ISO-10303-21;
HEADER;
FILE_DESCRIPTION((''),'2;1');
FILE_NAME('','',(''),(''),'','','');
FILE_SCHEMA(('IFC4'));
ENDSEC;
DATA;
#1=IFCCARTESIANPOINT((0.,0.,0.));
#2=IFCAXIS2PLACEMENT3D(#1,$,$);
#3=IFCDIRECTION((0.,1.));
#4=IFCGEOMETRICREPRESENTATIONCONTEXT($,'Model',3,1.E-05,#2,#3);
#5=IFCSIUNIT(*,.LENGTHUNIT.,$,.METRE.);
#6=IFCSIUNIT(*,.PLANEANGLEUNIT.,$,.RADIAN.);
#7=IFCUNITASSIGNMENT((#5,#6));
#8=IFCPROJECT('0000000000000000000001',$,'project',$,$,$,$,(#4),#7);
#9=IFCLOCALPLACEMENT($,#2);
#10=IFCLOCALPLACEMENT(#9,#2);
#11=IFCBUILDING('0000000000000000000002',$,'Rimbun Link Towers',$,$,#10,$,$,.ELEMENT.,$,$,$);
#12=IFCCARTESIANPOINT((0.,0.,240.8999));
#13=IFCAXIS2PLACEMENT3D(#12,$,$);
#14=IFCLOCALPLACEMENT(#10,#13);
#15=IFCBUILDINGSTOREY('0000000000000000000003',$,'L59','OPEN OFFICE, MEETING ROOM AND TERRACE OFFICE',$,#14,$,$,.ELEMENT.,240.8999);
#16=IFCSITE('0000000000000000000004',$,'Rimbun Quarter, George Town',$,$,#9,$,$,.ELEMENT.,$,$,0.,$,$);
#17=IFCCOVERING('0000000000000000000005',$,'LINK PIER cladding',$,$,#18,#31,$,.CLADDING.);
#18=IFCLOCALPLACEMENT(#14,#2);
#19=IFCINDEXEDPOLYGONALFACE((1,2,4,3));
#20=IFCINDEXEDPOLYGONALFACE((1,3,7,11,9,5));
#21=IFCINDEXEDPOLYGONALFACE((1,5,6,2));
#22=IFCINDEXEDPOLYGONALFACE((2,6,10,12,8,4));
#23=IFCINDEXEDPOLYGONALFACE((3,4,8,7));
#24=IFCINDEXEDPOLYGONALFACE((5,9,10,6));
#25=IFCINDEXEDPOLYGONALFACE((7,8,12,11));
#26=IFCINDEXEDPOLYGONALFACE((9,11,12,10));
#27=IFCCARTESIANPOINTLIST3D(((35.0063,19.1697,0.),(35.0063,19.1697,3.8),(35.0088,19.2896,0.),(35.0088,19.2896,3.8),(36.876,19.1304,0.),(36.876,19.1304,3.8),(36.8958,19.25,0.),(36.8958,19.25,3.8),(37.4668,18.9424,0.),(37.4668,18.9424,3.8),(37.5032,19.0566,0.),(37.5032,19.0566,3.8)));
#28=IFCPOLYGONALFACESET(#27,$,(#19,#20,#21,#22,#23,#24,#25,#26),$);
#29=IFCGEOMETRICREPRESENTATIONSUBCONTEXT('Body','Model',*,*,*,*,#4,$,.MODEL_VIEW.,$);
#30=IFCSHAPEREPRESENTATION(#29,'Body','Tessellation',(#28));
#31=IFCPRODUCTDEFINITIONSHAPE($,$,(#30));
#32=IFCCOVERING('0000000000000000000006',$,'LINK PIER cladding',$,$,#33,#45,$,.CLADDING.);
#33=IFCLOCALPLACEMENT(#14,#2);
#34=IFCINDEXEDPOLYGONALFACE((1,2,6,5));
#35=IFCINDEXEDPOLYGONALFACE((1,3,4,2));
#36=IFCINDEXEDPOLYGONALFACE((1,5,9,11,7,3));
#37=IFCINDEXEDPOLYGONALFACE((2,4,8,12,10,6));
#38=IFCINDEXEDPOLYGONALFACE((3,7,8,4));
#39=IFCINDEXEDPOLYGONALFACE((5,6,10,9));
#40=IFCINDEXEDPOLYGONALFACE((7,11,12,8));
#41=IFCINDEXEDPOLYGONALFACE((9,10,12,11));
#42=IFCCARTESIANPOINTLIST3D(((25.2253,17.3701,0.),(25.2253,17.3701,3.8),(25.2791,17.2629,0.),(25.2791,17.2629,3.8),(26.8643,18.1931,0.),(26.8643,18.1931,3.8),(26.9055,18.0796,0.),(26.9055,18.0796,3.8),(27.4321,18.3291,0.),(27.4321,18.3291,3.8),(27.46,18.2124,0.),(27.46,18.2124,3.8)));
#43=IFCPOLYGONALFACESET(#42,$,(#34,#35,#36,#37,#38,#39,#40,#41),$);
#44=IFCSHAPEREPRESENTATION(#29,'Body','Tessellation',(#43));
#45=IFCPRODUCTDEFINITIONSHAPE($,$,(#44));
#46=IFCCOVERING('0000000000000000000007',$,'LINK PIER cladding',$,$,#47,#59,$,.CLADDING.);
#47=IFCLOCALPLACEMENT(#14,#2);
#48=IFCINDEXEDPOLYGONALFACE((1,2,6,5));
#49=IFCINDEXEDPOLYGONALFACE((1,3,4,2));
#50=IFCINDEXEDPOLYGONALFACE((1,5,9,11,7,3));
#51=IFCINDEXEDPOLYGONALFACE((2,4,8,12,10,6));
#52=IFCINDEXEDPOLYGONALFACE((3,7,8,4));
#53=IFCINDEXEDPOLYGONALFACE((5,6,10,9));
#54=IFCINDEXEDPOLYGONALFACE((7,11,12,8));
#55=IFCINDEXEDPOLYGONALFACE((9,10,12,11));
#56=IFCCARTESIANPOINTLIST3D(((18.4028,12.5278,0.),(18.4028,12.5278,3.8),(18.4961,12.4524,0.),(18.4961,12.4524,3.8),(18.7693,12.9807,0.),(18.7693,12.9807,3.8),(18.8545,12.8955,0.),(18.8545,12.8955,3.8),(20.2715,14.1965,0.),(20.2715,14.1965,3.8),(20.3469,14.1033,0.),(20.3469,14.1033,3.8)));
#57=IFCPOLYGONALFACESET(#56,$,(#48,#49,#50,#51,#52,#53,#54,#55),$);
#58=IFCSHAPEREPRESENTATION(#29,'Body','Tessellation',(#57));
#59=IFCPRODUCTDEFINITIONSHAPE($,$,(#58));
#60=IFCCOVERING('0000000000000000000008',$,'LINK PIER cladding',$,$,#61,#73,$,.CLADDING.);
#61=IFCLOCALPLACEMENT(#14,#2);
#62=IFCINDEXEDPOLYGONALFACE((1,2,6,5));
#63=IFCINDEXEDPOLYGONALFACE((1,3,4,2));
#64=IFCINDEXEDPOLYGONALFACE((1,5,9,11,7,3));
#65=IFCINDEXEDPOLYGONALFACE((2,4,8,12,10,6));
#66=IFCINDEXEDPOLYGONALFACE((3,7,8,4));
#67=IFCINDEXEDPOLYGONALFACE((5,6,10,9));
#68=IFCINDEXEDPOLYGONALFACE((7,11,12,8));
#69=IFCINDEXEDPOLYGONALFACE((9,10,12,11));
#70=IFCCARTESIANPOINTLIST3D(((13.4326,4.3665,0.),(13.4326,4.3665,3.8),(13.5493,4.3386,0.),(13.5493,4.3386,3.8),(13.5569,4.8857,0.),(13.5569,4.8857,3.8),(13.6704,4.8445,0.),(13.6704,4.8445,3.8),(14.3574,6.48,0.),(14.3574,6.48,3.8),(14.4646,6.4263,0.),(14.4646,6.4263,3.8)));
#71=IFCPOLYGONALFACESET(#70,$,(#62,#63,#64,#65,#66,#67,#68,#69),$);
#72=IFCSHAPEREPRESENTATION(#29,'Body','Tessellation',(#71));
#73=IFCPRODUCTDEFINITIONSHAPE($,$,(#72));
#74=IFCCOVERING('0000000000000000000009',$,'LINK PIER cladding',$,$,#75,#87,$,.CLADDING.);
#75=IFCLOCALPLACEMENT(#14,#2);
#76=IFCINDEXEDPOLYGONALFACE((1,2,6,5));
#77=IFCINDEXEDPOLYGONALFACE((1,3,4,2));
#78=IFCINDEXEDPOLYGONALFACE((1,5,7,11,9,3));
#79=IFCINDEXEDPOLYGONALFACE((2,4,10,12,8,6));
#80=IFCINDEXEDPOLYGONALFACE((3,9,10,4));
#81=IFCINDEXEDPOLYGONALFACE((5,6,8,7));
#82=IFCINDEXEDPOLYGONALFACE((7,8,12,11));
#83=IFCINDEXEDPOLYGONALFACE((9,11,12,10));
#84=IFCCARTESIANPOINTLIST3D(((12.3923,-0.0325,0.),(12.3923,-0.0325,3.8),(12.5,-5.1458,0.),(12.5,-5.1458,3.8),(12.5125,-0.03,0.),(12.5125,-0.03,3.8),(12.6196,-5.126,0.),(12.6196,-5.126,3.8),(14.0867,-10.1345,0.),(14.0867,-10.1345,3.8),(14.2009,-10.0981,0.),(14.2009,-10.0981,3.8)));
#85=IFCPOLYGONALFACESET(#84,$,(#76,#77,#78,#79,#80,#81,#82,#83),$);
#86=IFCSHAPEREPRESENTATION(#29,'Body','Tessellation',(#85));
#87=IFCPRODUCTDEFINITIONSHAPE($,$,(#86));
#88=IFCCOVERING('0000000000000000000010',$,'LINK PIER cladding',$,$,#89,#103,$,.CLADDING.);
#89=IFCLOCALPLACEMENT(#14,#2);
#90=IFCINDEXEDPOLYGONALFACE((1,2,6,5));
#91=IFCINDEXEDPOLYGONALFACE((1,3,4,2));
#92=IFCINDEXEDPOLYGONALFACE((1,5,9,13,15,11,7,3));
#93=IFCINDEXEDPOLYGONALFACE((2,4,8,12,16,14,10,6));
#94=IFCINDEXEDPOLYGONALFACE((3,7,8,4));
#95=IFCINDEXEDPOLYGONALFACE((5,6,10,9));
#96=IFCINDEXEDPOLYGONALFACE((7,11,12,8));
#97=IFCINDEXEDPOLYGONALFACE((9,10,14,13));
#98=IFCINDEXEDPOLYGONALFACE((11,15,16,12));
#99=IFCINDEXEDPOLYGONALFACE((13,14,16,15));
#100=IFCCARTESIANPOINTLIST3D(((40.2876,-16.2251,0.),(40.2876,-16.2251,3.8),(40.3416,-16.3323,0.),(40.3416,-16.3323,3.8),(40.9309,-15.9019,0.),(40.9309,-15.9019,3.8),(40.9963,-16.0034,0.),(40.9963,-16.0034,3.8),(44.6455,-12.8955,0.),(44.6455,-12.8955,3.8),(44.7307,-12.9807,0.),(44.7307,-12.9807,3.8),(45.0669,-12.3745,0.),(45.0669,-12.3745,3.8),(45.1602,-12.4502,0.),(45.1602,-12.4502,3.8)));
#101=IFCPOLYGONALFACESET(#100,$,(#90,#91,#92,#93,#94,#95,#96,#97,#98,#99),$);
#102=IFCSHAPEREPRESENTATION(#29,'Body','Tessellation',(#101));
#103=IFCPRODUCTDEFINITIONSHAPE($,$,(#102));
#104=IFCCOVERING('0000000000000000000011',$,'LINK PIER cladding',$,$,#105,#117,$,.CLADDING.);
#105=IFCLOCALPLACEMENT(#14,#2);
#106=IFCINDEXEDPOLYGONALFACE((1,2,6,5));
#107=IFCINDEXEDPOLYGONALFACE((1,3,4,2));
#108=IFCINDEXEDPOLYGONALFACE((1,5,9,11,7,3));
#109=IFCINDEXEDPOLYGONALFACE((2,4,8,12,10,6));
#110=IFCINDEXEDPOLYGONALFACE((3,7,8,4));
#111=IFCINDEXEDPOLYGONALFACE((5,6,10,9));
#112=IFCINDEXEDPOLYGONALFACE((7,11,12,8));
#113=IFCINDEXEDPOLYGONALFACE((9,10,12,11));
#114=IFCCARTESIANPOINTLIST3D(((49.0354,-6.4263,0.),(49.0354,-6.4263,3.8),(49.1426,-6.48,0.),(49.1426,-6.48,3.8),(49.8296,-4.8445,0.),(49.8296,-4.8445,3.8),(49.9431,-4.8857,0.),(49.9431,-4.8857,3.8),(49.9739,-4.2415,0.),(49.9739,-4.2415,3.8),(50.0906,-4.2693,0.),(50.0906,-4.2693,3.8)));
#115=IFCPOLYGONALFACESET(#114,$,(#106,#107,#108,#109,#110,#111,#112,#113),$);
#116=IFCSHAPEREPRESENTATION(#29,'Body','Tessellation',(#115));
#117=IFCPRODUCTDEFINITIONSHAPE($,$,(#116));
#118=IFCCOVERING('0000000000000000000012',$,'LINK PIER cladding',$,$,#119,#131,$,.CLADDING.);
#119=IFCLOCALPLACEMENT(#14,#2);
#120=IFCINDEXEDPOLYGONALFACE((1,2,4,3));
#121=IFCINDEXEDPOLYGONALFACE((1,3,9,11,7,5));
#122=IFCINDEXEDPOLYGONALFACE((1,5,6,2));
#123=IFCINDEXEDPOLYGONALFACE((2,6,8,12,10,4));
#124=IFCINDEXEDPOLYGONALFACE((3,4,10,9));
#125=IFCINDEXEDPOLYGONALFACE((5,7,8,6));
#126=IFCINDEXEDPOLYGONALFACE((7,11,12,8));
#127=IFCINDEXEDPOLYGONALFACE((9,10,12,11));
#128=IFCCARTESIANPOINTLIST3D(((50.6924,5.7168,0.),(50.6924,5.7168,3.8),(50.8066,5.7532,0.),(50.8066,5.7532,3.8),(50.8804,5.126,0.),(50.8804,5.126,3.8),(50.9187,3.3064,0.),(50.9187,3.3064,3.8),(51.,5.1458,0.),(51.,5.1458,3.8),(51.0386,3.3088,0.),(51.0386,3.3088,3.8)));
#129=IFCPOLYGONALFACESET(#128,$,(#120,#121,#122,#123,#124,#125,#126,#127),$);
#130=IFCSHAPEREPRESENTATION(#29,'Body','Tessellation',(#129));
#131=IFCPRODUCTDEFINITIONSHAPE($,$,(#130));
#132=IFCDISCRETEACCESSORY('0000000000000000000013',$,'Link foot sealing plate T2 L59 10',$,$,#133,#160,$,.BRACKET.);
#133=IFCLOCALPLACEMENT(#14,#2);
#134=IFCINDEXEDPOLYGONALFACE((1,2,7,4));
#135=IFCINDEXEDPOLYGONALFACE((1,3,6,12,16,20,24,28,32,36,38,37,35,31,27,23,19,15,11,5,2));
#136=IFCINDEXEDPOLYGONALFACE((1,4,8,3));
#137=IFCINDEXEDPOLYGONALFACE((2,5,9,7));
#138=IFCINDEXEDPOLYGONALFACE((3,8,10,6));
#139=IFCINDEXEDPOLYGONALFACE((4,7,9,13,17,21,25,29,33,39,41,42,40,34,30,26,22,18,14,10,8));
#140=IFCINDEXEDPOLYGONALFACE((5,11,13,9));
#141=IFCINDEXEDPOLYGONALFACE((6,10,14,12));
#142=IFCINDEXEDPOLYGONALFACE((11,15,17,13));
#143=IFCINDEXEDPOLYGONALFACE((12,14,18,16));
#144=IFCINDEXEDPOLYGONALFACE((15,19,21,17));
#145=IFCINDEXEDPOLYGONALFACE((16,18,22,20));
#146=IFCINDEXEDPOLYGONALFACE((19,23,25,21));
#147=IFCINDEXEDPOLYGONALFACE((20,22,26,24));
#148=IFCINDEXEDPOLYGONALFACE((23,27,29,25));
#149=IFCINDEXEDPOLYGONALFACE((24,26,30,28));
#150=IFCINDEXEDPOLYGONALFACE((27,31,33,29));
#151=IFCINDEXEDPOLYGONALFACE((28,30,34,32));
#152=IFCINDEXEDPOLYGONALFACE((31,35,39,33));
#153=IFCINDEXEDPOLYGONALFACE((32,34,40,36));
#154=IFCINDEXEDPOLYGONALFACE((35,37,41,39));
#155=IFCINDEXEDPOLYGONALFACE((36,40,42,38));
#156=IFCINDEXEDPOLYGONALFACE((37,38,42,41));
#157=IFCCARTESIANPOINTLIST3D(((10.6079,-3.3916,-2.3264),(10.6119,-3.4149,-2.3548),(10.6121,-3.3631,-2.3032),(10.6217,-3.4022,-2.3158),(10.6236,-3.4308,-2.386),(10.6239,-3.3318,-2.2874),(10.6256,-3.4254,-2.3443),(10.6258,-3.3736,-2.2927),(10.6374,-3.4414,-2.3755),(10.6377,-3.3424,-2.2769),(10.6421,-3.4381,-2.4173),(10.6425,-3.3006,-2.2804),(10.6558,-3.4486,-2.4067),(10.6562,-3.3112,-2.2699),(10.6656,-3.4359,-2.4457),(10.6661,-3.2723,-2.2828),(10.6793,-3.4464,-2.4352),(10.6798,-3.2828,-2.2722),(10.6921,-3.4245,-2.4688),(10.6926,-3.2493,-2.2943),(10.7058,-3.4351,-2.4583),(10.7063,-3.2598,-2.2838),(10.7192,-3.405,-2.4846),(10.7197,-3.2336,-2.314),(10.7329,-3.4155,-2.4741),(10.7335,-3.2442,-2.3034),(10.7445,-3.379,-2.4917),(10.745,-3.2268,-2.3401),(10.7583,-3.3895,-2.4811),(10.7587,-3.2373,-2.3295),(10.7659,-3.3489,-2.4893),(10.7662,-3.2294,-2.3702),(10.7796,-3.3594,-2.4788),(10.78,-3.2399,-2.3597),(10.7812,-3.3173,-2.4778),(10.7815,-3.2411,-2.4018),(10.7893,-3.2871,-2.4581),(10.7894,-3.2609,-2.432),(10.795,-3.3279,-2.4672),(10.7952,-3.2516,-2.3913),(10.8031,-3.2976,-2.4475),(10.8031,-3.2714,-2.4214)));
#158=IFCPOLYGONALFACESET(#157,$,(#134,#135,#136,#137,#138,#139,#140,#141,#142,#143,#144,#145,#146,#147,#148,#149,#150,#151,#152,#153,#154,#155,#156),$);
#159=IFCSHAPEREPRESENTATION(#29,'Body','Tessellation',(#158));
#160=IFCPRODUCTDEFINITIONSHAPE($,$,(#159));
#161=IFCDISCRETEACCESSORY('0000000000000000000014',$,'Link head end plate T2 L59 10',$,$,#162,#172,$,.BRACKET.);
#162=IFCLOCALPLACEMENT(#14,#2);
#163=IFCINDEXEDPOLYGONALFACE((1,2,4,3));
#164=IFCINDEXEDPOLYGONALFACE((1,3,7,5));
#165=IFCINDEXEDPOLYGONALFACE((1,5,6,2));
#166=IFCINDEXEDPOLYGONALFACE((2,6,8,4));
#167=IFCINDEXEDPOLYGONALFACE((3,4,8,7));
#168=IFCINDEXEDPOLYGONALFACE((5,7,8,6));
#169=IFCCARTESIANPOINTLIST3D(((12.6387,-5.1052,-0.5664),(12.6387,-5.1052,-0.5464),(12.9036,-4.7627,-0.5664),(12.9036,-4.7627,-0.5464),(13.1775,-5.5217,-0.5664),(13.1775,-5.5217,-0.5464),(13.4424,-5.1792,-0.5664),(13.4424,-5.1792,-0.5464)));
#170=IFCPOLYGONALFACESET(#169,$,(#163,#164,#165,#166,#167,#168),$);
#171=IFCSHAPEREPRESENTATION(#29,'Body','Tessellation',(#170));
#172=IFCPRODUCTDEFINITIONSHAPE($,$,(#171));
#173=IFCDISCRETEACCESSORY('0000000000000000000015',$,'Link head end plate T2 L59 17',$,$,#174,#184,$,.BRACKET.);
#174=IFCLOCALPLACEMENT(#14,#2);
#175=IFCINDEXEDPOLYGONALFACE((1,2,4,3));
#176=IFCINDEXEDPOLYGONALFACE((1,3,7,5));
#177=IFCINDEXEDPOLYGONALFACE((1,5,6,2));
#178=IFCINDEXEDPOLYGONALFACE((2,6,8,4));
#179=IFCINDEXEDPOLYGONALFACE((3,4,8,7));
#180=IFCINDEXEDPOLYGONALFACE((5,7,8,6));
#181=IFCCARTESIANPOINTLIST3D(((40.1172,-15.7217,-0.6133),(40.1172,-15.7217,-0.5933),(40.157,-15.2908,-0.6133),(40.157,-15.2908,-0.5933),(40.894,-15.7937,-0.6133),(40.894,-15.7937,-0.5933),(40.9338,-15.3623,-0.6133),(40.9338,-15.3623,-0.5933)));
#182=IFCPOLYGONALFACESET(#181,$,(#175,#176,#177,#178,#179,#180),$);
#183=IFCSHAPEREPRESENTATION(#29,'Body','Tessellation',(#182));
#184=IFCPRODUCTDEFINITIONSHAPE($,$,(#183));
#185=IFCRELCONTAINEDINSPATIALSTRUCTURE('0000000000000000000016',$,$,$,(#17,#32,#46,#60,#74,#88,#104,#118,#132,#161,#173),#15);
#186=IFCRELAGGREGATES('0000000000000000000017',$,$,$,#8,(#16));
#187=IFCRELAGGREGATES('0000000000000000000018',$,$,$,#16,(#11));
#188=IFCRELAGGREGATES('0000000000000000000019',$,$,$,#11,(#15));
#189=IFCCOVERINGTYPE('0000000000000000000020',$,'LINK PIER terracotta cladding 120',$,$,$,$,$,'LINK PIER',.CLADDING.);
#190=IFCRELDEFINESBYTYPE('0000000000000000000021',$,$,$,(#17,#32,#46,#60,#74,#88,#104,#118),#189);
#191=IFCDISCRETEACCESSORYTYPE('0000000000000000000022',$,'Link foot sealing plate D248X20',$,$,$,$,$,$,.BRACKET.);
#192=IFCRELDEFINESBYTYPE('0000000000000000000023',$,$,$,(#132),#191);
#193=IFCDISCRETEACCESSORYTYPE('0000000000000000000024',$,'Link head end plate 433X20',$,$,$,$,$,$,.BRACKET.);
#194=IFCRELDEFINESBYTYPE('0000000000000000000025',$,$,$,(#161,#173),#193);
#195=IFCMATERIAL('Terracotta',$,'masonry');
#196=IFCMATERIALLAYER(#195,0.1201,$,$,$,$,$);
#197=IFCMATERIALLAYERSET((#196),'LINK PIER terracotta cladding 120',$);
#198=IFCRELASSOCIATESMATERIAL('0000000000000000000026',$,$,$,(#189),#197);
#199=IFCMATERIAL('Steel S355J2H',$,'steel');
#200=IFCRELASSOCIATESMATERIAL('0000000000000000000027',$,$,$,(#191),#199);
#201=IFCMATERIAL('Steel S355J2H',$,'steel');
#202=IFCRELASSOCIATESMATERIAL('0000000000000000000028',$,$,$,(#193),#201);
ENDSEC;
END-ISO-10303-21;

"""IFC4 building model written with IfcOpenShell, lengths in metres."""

from ifc_helpers import new_model, si_unit, direction, frame, origin, origin_2d, place, context, subcontext, project, spatial, polyline, rectangle, circle, outline, extrude, material, layer, layer_set, material_profile, profile_set, type_object, element, save


model = new_model("IFC4")

# Units and contexts
model_context = context("Model", 3, precision=1e-05, world=origin(), true_north=direction((0.0, 1.0)))
body_context = subcontext(model_context, "Body", "Model", "MODEL_VIEW")
ifc_project = project(units=[si_unit("LENGTHUNIT", "METRE"), si_unit("PLANEANGLEUNIT", "RADIAN")], contexts=[model_context])

# Site, building, storey
site_placement = place(None, origin())
site = spatial("IfcSite", under=ifc_project, at=site_placement, Name="Rimbun Quarter, George Town", CompositionType="ELEMENT", RefElevation=0.0)
building_placement = place(site_placement, origin())
building = spatial("IfcBuilding", under=site, at=building_placement, Name="Rimbun Link Towers", CompositionType="ELEMENT")
storey_placement = place(building_placement, frame((0.0, 0.0, 240.8999)))
storey = spatial("IfcBuildingStorey", under=building, at=storey_placement, Name="L59", Description="OPEN OFFICE, MEETING ROOM AND TERRACE OFFICE", CompositionType="ELEMENT", Elevation=240.8999)

# Coverings
ifc_material_1 = material(Name="Terracotta", Category="masonry")
ifc_layer_1 = layer(ifc_material_1, 0.1201)
ifc_layer_set_1 = layer_set([ifc_layer_1], Name="LINK PIER terracotta cladding 120")
covering_type_1 = type_object("IfcCoveringType", Name="LINK PIER terracotta cladding 120", ElementType="LINK PIER", PredefinedType="CLADDING", material=ifc_layer_set_1)
covering_1_placement = place(storey_placement, origin())
element("IfcCovering", 1, at=covering_1_placement, inside=storey, type_object=covering_type_1, Name="LINK PIER cladding", PredefinedType="CLADDING", context=body_context, shape_type="SweptSolid", body=[
    extrude(outline(polyline([(35.0063, 19.1697), (36.876, 19.1304), (37.4668, 18.9424), (37.5032, 19.0566), (36.8958, 19.25), (35.0088, 19.2896), (35.0063, 19.1697)])), origin(), (0.0, 0.0, 1.0), 3.8),
])
covering_2_placement = place(storey_placement, origin())
element("IfcCovering", 2, at=covering_2_placement, inside=storey, type_object=covering_type_1, Name="LINK PIER cladding", PredefinedType="CLADDING", context=body_context, shape_type="SweptSolid", body=[
    extrude(outline(polyline([(25.2791, 17.2629), (26.9055, 18.0796), (27.46, 18.2124), (27.4321, 18.3291), (26.8643, 18.1931), (25.2253, 17.3701), (25.2791, 17.2629)])), origin(), (0.0, 0.0, 1.0), 3.8),
])
covering_3_placement = place(storey_placement, origin())
element("IfcCovering", 3, at=covering_3_placement, inside=storey, type_object=covering_type_1, Name="LINK PIER cladding", PredefinedType="CLADDING", context=body_context, shape_type="SweptSolid", body=[
    extrude(outline(polyline([(18.4961, 12.4524), (18.8545, 12.8955), (20.3469, 14.1033), (20.2715, 14.1965), (18.7693, 12.9807), (18.4028, 12.5278), (18.4961, 12.4524)])), origin(), (0.0, 0.0, 1.0), 3.8),
])
covering_4_placement = place(storey_placement, origin())
element("IfcCovering", 4, at=covering_4_placement, inside=storey, type_object=covering_type_1, Name="LINK PIER cladding", PredefinedType="CLADDING", context=body_context, shape_type="SweptSolid", body=[
    extrude(outline(polyline([(13.5493, 4.3386), (13.6704, 4.8445), (14.4646, 6.4263), (14.3574, 6.48), (13.5569, 4.8857), (13.4326, 4.3665), (13.5493, 4.3386)])), origin(), (0.0, 0.0, 1.0), 3.8),
])
covering_5_placement = place(storey_placement, origin())
element("IfcCovering", 5, at=covering_5_placement, inside=storey, type_object=covering_type_1, Name="LINK PIER cladding", PredefinedType="CLADDING", context=body_context, shape_type="SweptSolid", body=[
    extrude(outline(polyline([(14.2009, -10.0981), (12.6196, -5.126), (12.5125, -0.03), (12.3923, -0.0325), (12.5, -5.1458), (14.0867, -10.1345), (14.2009, -10.0981)])), origin(), (0.0, 0.0, 1.0), 3.8),
])
covering_6_placement = place(storey_placement, origin())
element("IfcCovering", 6, at=covering_6_placement, inside=storey, type_object=covering_type_1, Name="LINK PIER cladding", PredefinedType="CLADDING", context=body_context, shape_type="SweptSolid", body=[
    extrude(outline(polyline([(45.0669, -12.3745), (44.6455, -12.8955), (40.9309, -15.9019), (40.2876, -16.2251), (40.3416, -16.3323), (40.9963, -16.0034), (44.7307, -12.9807), (45.1602, -12.4502), (45.0669, -12.3745)])), origin(), (0.0, 0.0, 1.0), 3.8),
])
covering_7_placement = place(storey_placement, origin())
element("IfcCovering", 7, at=covering_7_placement, inside=storey, type_object=covering_type_1, Name="LINK PIER cladding", PredefinedType="CLADDING", context=body_context, shape_type="SweptSolid", body=[
    extrude(outline(polyline([(49.9739, -4.2415), (49.8296, -4.8445), (49.0354, -6.4263), (49.1426, -6.48), (49.9431, -4.8857), (50.0906, -4.2693), (49.9739, -4.2415)])), origin(), (0.0, 0.0, 1.0), 3.8),
])
covering_8_placement = place(storey_placement, origin())
element("IfcCovering", 8, at=covering_8_placement, inside=storey, type_object=covering_type_1, Name="LINK PIER cladding", PredefinedType="CLADDING", context=body_context, shape_type="SweptSolid", body=[
    extrude(outline(polyline([(50.6924, 5.7168), (50.8804, 5.126), (50.9187, 3.3064), (51.0386, 3.3088), (51.0, 5.1458), (50.8066, 5.7532), (50.6924, 5.7168)])), origin(), (0.0, 0.0, 1.0), 3.8),
])

# Discrete accessories
ifc_material_2 = material(Name="Steel S355J2H", Category="steel")
ifc_material_profile_1 = material_profile(ifc_material_2, circle(Radius=0.124, at=origin_2d()), Name="PL D248")
ifc_profile_set_1 = profile_set([ifc_material_profile_1], Name="Steel S355J2H")
discrete_accessory_type_1 = type_object("IfcDiscreteAccessoryType", Name="Link foot sealing plate D248X20", PredefinedType="BRACKET", material=ifc_profile_set_1)
discrete_accessory_1_placement = place(storey_placement, frame((10.7129, -3.343, -2.3755), z_axis=(-0.677408, 0.520153, -0.520153), x_axis=(-0.609026, -0.79315, 0.0)))
element("IfcDiscreteAccessory", 9, at=discrete_accessory_1_placement, inside=storey, type_object=discrete_accessory_type_1, Name="Link foot sealing plate T2 L59 10", PredefinedType="BRACKET", context=body_context, shape_type="SweptSolid", body=[
    extrude(circle(Radius=0.124, at=origin_2d()), origin(), (0.0, 0.0, 1.0), 0.0203),
])
ifc_material_3 = material(Name="Steel S355J2H", Category="steel")
ifc_material_profile_2 = material_profile(ifc_material_3, rectangle(XDim=0.4331, YDim=0.4331, at=origin_2d()), Name="PL 433x433")
ifc_profile_set_2 = profile_set([ifc_material_profile_2], Name="Steel S355J2H")
discrete_accessory_type_2 = type_object("IfcDiscreteAccessoryType", Name="Link head end plate 433X20", PredefinedType="BRACKET", material=ifc_profile_set_2)
discrete_accessory_2_placement = place(storey_placement, frame((0.0, 0.0, -0.5664)))
element("IfcDiscreteAccessory", 10, at=discrete_accessory_2_placement, inside=storey, type_object=discrete_accessory_type_2, Name="Link head end plate T2 L59 10", PredefinedType="BRACKET", context=body_context, shape_type="SweptSolid", body=[
    extrude(outline(polyline([(13.4424, -5.1792), (12.9036, -4.7627), (12.6387, -5.1052), (13.1775, -5.5217), (13.4424, -5.1792)])), origin(), (0.0, 0.0, 1.0), 0.02),
])
discrete_accessory_3_placement = place(storey_placement, frame((0.0, 0.0, -0.6133)))
element("IfcDiscreteAccessory", 11, at=discrete_accessory_3_placement, inside=storey, type_object=discrete_accessory_type_2, Name="Link head end plate T2 L59 17", PredefinedType="BRACKET", context=body_context, shape_type="SweptSolid", body=[
    extrude(outline(polyline([(40.1172, -15.7217), (40.894, -15.7937), (40.9338, -15.3623), (40.157, -15.2908), (40.1172, -15.7217)])), origin(), (0.0, 0.0, 1.0), 0.02),
])

save(model, "model.ifc")
